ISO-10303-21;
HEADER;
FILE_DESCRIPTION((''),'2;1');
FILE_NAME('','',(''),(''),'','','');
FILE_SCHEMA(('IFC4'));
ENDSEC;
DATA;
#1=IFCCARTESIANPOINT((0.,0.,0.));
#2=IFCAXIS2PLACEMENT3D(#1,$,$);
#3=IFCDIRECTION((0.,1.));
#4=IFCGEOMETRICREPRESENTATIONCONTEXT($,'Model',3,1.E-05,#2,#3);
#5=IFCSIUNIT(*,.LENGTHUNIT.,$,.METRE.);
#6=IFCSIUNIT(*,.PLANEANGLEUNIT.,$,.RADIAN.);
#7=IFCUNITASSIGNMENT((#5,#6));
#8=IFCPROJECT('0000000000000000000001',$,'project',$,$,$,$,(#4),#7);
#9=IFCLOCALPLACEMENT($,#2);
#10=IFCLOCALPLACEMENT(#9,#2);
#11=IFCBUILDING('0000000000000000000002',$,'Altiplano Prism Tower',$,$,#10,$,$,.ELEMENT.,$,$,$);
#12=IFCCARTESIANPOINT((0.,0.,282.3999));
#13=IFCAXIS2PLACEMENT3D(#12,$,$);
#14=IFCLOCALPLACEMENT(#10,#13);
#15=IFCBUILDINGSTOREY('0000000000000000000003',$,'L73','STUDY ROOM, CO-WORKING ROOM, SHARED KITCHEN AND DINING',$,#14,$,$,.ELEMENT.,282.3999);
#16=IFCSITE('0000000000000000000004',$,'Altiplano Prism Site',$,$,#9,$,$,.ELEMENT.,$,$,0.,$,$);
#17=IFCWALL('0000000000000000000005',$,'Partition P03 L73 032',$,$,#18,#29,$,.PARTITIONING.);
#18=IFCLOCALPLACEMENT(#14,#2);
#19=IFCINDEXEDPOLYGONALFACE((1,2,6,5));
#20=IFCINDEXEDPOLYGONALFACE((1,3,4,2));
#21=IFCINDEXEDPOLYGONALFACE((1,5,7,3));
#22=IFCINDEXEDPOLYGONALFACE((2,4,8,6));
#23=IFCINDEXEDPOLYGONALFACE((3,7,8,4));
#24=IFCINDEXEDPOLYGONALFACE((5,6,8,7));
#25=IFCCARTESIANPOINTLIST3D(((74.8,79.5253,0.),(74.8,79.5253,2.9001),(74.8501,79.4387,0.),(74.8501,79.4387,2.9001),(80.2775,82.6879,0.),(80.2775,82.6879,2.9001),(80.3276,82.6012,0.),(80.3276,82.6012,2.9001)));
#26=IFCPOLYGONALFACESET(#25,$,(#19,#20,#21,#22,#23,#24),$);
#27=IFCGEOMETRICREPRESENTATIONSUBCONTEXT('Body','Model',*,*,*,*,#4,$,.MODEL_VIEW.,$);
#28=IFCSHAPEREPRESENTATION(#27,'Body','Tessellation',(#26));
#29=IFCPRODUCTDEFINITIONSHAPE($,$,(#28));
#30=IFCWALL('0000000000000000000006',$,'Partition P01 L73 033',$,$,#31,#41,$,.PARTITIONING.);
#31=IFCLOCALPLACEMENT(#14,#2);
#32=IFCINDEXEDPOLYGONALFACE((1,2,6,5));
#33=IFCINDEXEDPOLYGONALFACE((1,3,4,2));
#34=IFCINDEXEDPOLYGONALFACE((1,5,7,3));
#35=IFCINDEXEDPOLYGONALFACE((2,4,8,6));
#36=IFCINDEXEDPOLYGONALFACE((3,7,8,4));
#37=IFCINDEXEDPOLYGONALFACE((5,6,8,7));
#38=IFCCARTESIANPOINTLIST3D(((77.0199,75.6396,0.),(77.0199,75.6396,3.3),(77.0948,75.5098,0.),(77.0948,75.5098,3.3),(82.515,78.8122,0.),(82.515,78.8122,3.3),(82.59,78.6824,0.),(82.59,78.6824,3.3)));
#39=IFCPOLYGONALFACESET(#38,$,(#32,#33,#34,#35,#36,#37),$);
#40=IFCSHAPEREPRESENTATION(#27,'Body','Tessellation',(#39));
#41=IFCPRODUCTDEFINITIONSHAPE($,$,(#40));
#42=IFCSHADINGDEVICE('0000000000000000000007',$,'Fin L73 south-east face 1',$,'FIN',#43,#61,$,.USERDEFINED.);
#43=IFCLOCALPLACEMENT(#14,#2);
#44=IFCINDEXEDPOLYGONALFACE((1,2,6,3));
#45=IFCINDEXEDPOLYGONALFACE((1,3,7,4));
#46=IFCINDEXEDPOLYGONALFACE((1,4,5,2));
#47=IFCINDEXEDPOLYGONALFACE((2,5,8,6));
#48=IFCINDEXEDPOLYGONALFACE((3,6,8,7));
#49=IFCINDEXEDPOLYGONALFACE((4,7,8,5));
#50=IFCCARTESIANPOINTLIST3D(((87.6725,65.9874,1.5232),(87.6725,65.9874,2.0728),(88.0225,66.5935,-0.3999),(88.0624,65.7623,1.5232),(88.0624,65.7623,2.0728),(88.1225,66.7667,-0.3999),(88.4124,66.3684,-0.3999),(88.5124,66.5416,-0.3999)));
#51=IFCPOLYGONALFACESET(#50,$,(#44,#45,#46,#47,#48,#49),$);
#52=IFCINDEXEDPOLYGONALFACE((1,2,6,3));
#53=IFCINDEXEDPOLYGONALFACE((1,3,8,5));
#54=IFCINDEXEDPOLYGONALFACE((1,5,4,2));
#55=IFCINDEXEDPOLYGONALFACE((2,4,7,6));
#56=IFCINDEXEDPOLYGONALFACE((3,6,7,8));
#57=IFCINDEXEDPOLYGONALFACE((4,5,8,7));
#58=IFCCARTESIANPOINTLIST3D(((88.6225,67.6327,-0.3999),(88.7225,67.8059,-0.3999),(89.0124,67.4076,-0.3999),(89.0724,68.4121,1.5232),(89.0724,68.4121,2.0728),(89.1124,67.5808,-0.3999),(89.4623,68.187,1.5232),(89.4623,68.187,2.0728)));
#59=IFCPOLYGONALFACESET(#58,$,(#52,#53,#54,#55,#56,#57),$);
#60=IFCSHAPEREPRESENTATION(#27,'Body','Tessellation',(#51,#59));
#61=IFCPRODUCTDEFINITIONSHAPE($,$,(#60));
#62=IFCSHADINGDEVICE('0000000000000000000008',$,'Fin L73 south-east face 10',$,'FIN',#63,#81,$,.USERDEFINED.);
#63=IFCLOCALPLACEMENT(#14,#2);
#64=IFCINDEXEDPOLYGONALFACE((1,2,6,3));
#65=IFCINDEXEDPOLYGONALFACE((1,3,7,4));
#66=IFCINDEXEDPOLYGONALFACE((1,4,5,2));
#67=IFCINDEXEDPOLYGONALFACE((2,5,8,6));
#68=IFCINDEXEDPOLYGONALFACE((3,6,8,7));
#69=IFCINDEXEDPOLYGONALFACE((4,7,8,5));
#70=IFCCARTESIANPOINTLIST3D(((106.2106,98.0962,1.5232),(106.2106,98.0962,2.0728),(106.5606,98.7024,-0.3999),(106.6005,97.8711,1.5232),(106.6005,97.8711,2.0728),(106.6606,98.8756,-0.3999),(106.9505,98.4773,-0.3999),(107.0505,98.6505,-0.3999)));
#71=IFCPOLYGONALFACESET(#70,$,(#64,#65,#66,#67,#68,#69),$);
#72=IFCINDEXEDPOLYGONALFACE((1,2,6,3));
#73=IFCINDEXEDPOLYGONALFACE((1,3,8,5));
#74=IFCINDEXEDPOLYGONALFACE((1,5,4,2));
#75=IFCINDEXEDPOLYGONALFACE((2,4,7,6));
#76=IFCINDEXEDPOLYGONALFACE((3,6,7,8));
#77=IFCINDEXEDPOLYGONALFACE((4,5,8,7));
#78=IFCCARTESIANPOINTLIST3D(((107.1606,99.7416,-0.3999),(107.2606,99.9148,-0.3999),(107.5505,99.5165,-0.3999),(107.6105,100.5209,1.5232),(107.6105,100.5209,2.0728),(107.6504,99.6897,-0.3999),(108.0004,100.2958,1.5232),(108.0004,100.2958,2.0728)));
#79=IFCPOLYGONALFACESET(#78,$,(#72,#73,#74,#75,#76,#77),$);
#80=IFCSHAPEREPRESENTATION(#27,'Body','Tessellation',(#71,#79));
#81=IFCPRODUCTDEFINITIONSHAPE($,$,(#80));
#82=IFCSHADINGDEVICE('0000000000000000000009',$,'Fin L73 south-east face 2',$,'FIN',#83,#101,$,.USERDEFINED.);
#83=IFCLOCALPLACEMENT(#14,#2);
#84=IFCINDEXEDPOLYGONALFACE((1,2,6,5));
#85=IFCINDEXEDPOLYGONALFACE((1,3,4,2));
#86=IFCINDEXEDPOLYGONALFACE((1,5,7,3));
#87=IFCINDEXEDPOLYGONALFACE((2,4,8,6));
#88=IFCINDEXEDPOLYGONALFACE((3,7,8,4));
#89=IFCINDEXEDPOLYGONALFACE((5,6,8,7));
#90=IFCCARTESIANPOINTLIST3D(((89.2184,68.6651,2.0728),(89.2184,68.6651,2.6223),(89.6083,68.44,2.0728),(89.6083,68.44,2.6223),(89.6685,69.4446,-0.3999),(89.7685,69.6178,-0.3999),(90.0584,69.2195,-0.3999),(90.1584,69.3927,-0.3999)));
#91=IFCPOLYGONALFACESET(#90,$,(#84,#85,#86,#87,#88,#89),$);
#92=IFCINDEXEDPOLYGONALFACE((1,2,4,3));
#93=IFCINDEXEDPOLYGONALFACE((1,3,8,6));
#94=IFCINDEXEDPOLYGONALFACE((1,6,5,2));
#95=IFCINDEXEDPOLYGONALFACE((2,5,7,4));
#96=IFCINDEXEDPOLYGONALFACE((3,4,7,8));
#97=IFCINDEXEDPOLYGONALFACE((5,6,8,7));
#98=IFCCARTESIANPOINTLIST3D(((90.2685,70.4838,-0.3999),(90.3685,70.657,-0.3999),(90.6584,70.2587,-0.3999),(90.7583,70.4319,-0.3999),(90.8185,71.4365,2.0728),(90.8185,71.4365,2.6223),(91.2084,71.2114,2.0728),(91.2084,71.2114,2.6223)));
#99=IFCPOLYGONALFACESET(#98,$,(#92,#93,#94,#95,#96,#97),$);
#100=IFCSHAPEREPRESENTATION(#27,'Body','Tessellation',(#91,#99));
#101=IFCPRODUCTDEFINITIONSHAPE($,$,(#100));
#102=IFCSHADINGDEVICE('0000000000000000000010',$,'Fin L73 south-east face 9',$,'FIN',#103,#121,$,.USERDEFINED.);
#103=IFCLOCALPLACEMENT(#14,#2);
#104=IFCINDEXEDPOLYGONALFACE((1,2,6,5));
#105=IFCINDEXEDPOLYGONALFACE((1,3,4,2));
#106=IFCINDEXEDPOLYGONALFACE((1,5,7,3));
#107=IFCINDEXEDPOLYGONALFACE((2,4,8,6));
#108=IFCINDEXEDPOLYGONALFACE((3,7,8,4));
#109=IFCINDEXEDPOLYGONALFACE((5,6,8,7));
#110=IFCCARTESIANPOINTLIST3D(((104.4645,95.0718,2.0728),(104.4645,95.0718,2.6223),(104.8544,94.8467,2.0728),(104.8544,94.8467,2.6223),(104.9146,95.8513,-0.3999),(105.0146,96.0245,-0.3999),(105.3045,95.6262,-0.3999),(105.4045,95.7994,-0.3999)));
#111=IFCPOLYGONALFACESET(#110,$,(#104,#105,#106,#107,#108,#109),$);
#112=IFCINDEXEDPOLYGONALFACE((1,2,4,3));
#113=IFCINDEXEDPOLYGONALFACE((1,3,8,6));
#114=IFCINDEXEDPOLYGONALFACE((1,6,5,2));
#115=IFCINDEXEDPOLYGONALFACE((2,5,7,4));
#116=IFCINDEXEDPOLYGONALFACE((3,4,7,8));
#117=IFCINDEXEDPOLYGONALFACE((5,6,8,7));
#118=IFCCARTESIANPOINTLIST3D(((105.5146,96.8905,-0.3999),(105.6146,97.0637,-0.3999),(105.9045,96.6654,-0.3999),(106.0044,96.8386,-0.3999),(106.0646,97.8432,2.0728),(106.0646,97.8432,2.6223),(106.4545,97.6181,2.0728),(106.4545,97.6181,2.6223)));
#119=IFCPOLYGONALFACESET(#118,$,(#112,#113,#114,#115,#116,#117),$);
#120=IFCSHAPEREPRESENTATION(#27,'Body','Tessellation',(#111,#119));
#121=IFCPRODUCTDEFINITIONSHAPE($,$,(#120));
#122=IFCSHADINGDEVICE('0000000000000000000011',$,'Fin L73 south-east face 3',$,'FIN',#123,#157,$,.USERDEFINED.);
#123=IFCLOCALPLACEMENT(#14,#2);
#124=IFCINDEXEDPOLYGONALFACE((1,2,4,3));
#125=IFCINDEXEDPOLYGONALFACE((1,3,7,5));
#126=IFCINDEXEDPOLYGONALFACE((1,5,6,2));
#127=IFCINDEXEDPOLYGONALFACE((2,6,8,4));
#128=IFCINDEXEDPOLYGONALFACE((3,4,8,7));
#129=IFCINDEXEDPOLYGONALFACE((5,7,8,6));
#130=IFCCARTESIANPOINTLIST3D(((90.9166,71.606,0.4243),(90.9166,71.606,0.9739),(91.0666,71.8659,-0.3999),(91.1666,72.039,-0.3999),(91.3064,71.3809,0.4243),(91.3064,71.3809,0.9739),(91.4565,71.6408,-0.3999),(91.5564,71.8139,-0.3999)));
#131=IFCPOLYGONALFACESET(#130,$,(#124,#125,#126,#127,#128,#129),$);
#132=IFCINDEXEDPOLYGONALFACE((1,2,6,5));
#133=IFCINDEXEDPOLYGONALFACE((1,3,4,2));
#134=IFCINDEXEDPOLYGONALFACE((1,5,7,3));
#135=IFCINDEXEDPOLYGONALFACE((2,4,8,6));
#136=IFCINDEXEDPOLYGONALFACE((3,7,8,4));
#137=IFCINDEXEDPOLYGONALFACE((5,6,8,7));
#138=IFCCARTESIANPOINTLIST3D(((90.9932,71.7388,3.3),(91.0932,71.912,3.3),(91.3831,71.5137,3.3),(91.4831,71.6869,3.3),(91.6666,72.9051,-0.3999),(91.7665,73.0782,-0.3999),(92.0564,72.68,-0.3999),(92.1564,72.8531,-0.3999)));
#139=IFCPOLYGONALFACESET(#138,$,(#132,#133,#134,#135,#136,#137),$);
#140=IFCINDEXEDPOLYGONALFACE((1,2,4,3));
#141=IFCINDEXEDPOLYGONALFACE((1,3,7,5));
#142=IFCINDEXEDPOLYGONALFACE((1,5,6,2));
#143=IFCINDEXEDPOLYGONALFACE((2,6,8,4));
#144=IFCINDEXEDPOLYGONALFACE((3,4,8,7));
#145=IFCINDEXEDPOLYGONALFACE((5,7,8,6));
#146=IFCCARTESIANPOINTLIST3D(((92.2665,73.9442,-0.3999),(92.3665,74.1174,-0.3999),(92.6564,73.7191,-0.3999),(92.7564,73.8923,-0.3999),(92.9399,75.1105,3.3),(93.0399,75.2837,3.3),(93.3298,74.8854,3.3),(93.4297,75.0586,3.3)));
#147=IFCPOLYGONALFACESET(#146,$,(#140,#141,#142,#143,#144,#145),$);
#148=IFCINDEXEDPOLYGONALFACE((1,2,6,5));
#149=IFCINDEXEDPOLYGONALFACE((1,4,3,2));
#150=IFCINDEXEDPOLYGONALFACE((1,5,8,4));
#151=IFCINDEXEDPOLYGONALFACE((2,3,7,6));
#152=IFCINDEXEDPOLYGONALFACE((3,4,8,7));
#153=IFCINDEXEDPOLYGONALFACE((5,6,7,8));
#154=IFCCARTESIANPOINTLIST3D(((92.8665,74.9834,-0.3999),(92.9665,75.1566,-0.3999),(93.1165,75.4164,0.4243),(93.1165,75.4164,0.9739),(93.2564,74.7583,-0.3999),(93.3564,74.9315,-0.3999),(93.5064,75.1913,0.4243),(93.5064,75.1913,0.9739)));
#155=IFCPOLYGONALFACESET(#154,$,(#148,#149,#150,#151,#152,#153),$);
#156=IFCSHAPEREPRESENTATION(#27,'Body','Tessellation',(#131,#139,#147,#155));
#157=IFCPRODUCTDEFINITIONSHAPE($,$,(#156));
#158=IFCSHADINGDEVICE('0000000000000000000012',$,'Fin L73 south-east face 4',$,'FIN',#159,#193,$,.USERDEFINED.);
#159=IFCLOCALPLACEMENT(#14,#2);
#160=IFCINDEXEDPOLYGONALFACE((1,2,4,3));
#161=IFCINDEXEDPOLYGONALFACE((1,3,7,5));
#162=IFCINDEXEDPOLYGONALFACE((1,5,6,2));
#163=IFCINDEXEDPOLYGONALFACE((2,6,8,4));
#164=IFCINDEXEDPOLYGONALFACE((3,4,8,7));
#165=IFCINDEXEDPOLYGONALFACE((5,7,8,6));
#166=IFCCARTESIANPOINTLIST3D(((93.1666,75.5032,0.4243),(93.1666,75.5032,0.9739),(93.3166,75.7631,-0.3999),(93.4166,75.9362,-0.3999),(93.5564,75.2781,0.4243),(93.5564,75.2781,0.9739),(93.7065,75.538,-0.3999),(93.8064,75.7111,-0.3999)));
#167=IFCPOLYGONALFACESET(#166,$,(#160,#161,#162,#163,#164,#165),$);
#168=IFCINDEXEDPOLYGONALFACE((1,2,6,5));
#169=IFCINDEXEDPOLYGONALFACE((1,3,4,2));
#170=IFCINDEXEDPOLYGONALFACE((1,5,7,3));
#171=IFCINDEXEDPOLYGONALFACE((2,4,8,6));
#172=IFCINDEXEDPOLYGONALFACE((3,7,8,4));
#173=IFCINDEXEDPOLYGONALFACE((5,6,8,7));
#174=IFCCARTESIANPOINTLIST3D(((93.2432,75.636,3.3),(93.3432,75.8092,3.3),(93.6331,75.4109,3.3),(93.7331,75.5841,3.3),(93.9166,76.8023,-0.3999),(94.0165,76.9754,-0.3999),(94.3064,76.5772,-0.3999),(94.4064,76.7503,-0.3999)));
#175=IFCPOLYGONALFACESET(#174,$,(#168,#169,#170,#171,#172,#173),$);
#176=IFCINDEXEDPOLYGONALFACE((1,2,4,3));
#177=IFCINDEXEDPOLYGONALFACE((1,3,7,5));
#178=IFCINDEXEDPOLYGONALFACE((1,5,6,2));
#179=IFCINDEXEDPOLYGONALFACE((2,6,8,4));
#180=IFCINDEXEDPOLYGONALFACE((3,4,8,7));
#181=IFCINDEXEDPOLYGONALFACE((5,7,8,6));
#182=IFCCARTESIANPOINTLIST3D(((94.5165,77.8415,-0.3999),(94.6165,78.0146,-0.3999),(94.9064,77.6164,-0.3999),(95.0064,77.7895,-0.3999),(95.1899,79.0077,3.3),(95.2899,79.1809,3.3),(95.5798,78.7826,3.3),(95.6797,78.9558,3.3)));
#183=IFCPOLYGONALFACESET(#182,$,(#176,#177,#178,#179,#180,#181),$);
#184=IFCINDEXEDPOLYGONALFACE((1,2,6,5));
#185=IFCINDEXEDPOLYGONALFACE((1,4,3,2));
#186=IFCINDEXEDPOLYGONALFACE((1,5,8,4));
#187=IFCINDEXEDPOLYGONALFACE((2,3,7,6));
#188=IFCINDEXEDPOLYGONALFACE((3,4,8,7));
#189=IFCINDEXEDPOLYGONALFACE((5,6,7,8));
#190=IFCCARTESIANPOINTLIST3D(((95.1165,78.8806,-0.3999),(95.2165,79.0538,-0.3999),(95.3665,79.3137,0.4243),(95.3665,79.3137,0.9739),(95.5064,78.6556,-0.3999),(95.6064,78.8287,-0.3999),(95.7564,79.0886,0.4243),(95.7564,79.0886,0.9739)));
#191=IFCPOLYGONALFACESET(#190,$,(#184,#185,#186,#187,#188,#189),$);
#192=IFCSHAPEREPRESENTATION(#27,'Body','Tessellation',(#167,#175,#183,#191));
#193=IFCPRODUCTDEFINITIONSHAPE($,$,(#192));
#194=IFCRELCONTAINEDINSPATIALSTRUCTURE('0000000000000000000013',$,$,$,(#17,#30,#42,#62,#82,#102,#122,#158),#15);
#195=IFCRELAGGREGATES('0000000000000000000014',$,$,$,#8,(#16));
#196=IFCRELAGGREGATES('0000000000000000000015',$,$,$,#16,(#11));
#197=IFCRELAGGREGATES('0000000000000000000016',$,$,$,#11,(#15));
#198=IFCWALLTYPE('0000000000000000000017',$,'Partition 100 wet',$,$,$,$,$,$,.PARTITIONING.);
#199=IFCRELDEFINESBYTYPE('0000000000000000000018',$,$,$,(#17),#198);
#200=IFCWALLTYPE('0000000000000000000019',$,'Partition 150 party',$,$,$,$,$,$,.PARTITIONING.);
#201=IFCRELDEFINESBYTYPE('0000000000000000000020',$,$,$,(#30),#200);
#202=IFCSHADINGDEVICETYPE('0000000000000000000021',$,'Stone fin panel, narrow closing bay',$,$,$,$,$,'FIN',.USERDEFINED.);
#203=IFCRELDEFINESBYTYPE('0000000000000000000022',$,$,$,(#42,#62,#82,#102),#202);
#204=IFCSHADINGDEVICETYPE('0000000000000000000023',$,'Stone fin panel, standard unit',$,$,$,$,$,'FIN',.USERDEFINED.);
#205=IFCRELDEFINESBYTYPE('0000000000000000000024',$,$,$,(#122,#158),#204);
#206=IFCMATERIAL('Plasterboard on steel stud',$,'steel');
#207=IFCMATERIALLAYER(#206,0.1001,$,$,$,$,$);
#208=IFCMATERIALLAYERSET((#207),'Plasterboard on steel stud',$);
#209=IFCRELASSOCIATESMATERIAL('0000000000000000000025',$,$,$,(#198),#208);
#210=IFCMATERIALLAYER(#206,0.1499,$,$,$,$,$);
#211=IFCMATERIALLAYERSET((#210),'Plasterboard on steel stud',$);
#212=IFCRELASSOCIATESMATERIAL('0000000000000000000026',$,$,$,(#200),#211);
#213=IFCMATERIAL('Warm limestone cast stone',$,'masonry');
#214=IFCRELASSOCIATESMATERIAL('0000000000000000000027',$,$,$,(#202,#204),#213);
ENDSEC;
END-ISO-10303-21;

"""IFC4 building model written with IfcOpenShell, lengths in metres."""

from ifc_helpers import new_model, si_unit, direction, frame, frame_2d, origin, place, context, subcontext, project, spatial, polyline, rectangle, outline, extrude, source, transform, mapped, material, layer, layer_set, type_object, element, save


model = new_model("IFC4")

# Units and contexts
model_context = context("Model", 3, precision=1e-05, world=origin(), true_north=direction((0.0, 1.0)))
body_context = subcontext(model_context, "Body", "Model", "MODEL_VIEW")
ifc_project = project(units=[si_unit("LENGTHUNIT", "METRE"), si_unit("PLANEANGLEUNIT", "RADIAN")], contexts=[model_context])

# Site, building, storey
site_placement = place(None, origin())
site = spatial("IfcSite", under=ifc_project, at=site_placement, Name="Altiplano Prism Site", CompositionType="ELEMENT", RefElevation=0.0)
building_placement = place(site_placement, origin())
building = spatial("IfcBuilding", under=site, at=building_placement, Name="Altiplano Prism Tower", CompositionType="ELEMENT")
storey_placement = place(building_placement, frame((0.0, 0.0, 282.3999)))
storey = spatial("IfcBuildingStorey", under=building, at=storey_placement, Name="L73", Description="STUDY ROOM, CO-WORKING ROOM, SHARED KITCHEN AND DINING", CompositionType="ELEMENT", Elevation=282.3999)

# Walls
ifc_material_1 = material(Name="Plasterboard on steel stud", Category="steel")
ifc_layer_1 = layer(ifc_material_1, 0.1001)
ifc_layer_set_1 = layer_set([ifc_layer_1], Name="Plasterboard on steel stud")
wall_type_1 = type_object("IfcWallType", Name="Partition 100 wet", PredefinedType="PARTITIONING", material=ifc_layer_set_1)
wall_1_placement = place(storey_placement, frame((74.825, 79.4819, 0.0), z_axis=(0.0, 0.0, 1.0), x_axis=(0.866016, 0.500016, 0.0)))
element("IfcWall", 1, at=wall_1_placement, inside=storey, type_object=wall_type_1, Name="Partition P03 L73 032", PredefinedType="PARTITIONING", context=body_context, shape_type="SweptSolid", body=[
    extrude(rectangle(XDim=6.325, YDim=0.1001, at=frame_2d((3.1626, 0.0))), origin(), (0.0, 0.0, 1.0), 2.9001),
])
ifc_layer_2 = layer(ifc_material_1, 0.1499)
ifc_layer_set_2 = layer_set([ifc_layer_2], Name="Plasterboard on steel stud")
wall_type_2 = type_object("IfcWallType", Name="Partition 150 party", PredefinedType="PARTITIONING", material=ifc_layer_set_2)
wall_2_placement = place(storey_placement, frame((77.0574, 75.5747, 0.0), z_axis=(0.0, 0.0, 1.0), x_axis=(0.866025, 0.5, 0.0)))
element("IfcWall", 2, at=wall_2_placement, inside=storey, type_object=wall_type_2, Name="Partition P01 L73 033", PredefinedType="PARTITIONING", context=body_context, shape_type="SweptSolid", body=[
    extrude(rectangle(XDim=6.3452, YDim=0.1499, at=frame_2d((3.1726, 0.0))), origin(), (0.0, 0.0, 1.0), 3.3),
])

# Shading devices
ifc_material_2 = material(Name="Warm limestone cast stone", Category="masonry")
shading_device_type_1 = type_object("IfcShadingDeviceType", Name="Stone fin panel, narrow closing bay", ElementType="FIN", PredefinedType="USERDEFINED", material=ifc_material_2)
shared_shape_1 = source(origin(), body_context, "Body", "SweptSolid", [
    extrude(outline(polyline([(-1.3999, 2.4727), (-1.3999, 1.9231), (-0.7, 0.0), (-0.5, 0.0), (-1.3999, 2.4727)])), frame((0.0, -0.1499, 0.0), z_axis=(0.0, -1.0, 0.0), x_axis=(1.0, 0.0, 0.0)), (0.0, 0.0, 1.0), 0.4502),
    extrude(outline(polyline([(1.3999, 1.9231), (1.3999, 2.4727), (0.5, 0.0), (0.7, 0.0), (1.3999, 1.9231)])), frame((0.0, -0.1499, 0.0), z_axis=(0.0, -1.0, 0.0), x_axis=(1.0, 0.0, 0.0)), (0.0, 0.0, 1.0), 0.4502),
])
shading_device_1_placement = place(storey_placement, origin())
element("IfcShadingDevice", 3, at=shading_device_1_placement, inside=storey, type_object=shading_device_type_1, Name="Fin L73 south-east face 1", ObjectType="FIN", PredefinedType="USERDEFINED", context=body_context, shape_type="MappedRepresentation", body=[
    mapped(shared_shape_1, transform((88.2427, 67.2747, -0.3999), x_axis=(0.5, 0.866025, 0.0), y_axis=(-0.866025, 0.5, 0.0), z_axis=(0.0, 0.0, 1.0))),
])
shading_device_2_placement = place(storey_placement, origin())
element("IfcShadingDevice", 4, at=shading_device_2_placement, inside=storey, type_object=shading_device_type_1, Name="Fin L73 south-east face 10", ObjectType="FIN", PredefinedType="USERDEFINED", context=body_context, shape_type="MappedRepresentation", body=[
    mapped(shared_shape_1, transform((106.7808, 99.3835, -0.3999), x_axis=(0.5, 0.866025, 0.0), y_axis=(-0.866025, 0.5, 0.0), z_axis=(0.0, 0.0, 1.0))),
])
shared_shape_2 = source(origin(), body_context, "Body", "SweptSolid", [
    extrude(outline(polyline([(-1.6001, 3.0222), (-1.6001, 2.4727), (-0.7, 0.0), (-0.5, 0.0), (-1.6001, 3.0222)])), frame((0.0, -0.1499, 0.0), z_axis=(0.0, -1.0, 0.0), x_axis=(1.0, 0.0, 0.0)), (0.0, 0.0, 1.0), 0.4502),
    extrude(outline(polyline([(1.6001, 2.4727), (1.6001, 3.0222), (0.5, 0.0), (0.7, 0.0), (1.6001, 2.4727)])), frame((0.0, -0.1499, 0.0), z_axis=(0.0, -1.0, 0.0), x_axis=(1.0, 0.0, 0.0)), (0.0, 0.0, 1.0), 0.4502),
])
shading_device_3_placement = place(storey_placement, origin())
element("IfcShadingDevice", 5, at=shading_device_3_placement, inside=storey, type_object=shading_device_type_1, Name="Fin L73 south-east face 2", ObjectType="FIN", PredefinedType="USERDEFINED", context=body_context, shape_type="MappedRepresentation", body=[
    mapped(shared_shape_2, transform((89.8887, 70.1257, -0.3999), x_axis=(0.5, 0.866025, 0.0), y_axis=(-0.866025, 0.5, 0.0), z_axis=(0.0, 0.0, 1.0))),
])
shading_device_4_placement = place(storey_placement, origin())
element("IfcShadingDevice", 6, at=shading_device_4_placement, inside=storey, type_object=shading_device_type_1, Name="Fin L73 south-east face 9", ObjectType="FIN", PredefinedType="USERDEFINED", context=body_context, shape_type="MappedRepresentation", body=[
    mapped(shared_shape_2, transform((105.1348, 96.5325, -0.3999), x_axis=(0.5, 0.866025, 0.0), y_axis=(-0.866025, 0.5, 0.0), z_axis=(0.0, 0.0, 1.0))),
])
shading_device_type_2 = type_object("IfcShadingDeviceType", Name="Stone fin panel, standard unit", ElementType="FIN", PredefinedType="USERDEFINED", material=ifc_material_2)
shared_shape_3 = source(origin(), body_context, "Body", "SweptSolid", [
    extrude(outline(polyline([(-2.2, 1.3738), (-2.2, 0.8242), (-1.8999, 0.0), (-1.7, 0.0), (-2.2, 1.3738)])), frame((0.0, -0.1499, 0.0), z_axis=(0.0, -1.0, 0.0), x_axis=(1.0, 0.0, 0.0)), (0.0, 0.0, 1.0), 0.4502),
    extrude(outline(polyline([(-2.0466, 3.7), (-0.7, 0.0), (-0.5, 0.0), (-1.8467, 3.7), (-2.0466, 3.7)])), frame((0.0, -0.1499, 0.0), z_axis=(0.0, -1.0, 0.0), x_axis=(1.0, 0.0, 0.0)), (0.0, 0.0, 1.0), 0.4502),
    extrude(outline(polyline([(1.8467, 3.7), (0.5, 0.0), (0.7, 0.0), (2.0466, 3.7), (1.8467, 3.7)])), frame((0.0, -0.1499, 0.0), z_axis=(0.0, -1.0, 0.0), x_axis=(1.0, 0.0, 0.0)), (0.0, 0.0, 1.0), 0.4502),
    extrude(outline(polyline([(2.2, 0.8242), (2.2, 1.3738), (1.7, 0.0), (1.8999, 0.0), (2.2, 0.8242)])), frame((0.0, -0.1499, 0.0), z_axis=(0.0, -1.0, 0.0), x_axis=(1.0, 0.0, 0.0)), (0.0, 0.0, 1.0), 0.4502),
])
shading_device_5_placement = place(storey_placement, origin())
element("IfcShadingDevice", 7, at=shading_device_5_placement, inside=storey, type_object=shading_device_type_2, Name="Fin L73 south-east face 3", ObjectType="FIN", PredefinedType="USERDEFINED", context=body_context, shape_type="MappedRepresentation", body=[
    mapped(shared_shape_3, transform((91.8867, 73.5862, -0.3999), x_axis=(0.5, 0.866025, 0.0), y_axis=(-0.866025, 0.5, 0.0), z_axis=(0.0, 0.0, 1.0))),
])
shading_device_6_placement = place(storey_placement, origin())
element("IfcShadingDevice", 8, at=shading_device_6_placement, inside=storey, type_object=shading_device_type_2, Name="Fin L73 south-east face 4", ObjectType="FIN", PredefinedType="USERDEFINED", context=body_context, shape_type="MappedRepresentation", body=[
    mapped(shared_shape_3, transform((94.1367, 77.4834, -0.3999), x_axis=(0.5, 0.866025, 0.0), y_axis=(-0.866025, 0.5, 0.0), z_axis=(0.0, 0.0, 1.0))),
])

save(model, "model.ifc")
